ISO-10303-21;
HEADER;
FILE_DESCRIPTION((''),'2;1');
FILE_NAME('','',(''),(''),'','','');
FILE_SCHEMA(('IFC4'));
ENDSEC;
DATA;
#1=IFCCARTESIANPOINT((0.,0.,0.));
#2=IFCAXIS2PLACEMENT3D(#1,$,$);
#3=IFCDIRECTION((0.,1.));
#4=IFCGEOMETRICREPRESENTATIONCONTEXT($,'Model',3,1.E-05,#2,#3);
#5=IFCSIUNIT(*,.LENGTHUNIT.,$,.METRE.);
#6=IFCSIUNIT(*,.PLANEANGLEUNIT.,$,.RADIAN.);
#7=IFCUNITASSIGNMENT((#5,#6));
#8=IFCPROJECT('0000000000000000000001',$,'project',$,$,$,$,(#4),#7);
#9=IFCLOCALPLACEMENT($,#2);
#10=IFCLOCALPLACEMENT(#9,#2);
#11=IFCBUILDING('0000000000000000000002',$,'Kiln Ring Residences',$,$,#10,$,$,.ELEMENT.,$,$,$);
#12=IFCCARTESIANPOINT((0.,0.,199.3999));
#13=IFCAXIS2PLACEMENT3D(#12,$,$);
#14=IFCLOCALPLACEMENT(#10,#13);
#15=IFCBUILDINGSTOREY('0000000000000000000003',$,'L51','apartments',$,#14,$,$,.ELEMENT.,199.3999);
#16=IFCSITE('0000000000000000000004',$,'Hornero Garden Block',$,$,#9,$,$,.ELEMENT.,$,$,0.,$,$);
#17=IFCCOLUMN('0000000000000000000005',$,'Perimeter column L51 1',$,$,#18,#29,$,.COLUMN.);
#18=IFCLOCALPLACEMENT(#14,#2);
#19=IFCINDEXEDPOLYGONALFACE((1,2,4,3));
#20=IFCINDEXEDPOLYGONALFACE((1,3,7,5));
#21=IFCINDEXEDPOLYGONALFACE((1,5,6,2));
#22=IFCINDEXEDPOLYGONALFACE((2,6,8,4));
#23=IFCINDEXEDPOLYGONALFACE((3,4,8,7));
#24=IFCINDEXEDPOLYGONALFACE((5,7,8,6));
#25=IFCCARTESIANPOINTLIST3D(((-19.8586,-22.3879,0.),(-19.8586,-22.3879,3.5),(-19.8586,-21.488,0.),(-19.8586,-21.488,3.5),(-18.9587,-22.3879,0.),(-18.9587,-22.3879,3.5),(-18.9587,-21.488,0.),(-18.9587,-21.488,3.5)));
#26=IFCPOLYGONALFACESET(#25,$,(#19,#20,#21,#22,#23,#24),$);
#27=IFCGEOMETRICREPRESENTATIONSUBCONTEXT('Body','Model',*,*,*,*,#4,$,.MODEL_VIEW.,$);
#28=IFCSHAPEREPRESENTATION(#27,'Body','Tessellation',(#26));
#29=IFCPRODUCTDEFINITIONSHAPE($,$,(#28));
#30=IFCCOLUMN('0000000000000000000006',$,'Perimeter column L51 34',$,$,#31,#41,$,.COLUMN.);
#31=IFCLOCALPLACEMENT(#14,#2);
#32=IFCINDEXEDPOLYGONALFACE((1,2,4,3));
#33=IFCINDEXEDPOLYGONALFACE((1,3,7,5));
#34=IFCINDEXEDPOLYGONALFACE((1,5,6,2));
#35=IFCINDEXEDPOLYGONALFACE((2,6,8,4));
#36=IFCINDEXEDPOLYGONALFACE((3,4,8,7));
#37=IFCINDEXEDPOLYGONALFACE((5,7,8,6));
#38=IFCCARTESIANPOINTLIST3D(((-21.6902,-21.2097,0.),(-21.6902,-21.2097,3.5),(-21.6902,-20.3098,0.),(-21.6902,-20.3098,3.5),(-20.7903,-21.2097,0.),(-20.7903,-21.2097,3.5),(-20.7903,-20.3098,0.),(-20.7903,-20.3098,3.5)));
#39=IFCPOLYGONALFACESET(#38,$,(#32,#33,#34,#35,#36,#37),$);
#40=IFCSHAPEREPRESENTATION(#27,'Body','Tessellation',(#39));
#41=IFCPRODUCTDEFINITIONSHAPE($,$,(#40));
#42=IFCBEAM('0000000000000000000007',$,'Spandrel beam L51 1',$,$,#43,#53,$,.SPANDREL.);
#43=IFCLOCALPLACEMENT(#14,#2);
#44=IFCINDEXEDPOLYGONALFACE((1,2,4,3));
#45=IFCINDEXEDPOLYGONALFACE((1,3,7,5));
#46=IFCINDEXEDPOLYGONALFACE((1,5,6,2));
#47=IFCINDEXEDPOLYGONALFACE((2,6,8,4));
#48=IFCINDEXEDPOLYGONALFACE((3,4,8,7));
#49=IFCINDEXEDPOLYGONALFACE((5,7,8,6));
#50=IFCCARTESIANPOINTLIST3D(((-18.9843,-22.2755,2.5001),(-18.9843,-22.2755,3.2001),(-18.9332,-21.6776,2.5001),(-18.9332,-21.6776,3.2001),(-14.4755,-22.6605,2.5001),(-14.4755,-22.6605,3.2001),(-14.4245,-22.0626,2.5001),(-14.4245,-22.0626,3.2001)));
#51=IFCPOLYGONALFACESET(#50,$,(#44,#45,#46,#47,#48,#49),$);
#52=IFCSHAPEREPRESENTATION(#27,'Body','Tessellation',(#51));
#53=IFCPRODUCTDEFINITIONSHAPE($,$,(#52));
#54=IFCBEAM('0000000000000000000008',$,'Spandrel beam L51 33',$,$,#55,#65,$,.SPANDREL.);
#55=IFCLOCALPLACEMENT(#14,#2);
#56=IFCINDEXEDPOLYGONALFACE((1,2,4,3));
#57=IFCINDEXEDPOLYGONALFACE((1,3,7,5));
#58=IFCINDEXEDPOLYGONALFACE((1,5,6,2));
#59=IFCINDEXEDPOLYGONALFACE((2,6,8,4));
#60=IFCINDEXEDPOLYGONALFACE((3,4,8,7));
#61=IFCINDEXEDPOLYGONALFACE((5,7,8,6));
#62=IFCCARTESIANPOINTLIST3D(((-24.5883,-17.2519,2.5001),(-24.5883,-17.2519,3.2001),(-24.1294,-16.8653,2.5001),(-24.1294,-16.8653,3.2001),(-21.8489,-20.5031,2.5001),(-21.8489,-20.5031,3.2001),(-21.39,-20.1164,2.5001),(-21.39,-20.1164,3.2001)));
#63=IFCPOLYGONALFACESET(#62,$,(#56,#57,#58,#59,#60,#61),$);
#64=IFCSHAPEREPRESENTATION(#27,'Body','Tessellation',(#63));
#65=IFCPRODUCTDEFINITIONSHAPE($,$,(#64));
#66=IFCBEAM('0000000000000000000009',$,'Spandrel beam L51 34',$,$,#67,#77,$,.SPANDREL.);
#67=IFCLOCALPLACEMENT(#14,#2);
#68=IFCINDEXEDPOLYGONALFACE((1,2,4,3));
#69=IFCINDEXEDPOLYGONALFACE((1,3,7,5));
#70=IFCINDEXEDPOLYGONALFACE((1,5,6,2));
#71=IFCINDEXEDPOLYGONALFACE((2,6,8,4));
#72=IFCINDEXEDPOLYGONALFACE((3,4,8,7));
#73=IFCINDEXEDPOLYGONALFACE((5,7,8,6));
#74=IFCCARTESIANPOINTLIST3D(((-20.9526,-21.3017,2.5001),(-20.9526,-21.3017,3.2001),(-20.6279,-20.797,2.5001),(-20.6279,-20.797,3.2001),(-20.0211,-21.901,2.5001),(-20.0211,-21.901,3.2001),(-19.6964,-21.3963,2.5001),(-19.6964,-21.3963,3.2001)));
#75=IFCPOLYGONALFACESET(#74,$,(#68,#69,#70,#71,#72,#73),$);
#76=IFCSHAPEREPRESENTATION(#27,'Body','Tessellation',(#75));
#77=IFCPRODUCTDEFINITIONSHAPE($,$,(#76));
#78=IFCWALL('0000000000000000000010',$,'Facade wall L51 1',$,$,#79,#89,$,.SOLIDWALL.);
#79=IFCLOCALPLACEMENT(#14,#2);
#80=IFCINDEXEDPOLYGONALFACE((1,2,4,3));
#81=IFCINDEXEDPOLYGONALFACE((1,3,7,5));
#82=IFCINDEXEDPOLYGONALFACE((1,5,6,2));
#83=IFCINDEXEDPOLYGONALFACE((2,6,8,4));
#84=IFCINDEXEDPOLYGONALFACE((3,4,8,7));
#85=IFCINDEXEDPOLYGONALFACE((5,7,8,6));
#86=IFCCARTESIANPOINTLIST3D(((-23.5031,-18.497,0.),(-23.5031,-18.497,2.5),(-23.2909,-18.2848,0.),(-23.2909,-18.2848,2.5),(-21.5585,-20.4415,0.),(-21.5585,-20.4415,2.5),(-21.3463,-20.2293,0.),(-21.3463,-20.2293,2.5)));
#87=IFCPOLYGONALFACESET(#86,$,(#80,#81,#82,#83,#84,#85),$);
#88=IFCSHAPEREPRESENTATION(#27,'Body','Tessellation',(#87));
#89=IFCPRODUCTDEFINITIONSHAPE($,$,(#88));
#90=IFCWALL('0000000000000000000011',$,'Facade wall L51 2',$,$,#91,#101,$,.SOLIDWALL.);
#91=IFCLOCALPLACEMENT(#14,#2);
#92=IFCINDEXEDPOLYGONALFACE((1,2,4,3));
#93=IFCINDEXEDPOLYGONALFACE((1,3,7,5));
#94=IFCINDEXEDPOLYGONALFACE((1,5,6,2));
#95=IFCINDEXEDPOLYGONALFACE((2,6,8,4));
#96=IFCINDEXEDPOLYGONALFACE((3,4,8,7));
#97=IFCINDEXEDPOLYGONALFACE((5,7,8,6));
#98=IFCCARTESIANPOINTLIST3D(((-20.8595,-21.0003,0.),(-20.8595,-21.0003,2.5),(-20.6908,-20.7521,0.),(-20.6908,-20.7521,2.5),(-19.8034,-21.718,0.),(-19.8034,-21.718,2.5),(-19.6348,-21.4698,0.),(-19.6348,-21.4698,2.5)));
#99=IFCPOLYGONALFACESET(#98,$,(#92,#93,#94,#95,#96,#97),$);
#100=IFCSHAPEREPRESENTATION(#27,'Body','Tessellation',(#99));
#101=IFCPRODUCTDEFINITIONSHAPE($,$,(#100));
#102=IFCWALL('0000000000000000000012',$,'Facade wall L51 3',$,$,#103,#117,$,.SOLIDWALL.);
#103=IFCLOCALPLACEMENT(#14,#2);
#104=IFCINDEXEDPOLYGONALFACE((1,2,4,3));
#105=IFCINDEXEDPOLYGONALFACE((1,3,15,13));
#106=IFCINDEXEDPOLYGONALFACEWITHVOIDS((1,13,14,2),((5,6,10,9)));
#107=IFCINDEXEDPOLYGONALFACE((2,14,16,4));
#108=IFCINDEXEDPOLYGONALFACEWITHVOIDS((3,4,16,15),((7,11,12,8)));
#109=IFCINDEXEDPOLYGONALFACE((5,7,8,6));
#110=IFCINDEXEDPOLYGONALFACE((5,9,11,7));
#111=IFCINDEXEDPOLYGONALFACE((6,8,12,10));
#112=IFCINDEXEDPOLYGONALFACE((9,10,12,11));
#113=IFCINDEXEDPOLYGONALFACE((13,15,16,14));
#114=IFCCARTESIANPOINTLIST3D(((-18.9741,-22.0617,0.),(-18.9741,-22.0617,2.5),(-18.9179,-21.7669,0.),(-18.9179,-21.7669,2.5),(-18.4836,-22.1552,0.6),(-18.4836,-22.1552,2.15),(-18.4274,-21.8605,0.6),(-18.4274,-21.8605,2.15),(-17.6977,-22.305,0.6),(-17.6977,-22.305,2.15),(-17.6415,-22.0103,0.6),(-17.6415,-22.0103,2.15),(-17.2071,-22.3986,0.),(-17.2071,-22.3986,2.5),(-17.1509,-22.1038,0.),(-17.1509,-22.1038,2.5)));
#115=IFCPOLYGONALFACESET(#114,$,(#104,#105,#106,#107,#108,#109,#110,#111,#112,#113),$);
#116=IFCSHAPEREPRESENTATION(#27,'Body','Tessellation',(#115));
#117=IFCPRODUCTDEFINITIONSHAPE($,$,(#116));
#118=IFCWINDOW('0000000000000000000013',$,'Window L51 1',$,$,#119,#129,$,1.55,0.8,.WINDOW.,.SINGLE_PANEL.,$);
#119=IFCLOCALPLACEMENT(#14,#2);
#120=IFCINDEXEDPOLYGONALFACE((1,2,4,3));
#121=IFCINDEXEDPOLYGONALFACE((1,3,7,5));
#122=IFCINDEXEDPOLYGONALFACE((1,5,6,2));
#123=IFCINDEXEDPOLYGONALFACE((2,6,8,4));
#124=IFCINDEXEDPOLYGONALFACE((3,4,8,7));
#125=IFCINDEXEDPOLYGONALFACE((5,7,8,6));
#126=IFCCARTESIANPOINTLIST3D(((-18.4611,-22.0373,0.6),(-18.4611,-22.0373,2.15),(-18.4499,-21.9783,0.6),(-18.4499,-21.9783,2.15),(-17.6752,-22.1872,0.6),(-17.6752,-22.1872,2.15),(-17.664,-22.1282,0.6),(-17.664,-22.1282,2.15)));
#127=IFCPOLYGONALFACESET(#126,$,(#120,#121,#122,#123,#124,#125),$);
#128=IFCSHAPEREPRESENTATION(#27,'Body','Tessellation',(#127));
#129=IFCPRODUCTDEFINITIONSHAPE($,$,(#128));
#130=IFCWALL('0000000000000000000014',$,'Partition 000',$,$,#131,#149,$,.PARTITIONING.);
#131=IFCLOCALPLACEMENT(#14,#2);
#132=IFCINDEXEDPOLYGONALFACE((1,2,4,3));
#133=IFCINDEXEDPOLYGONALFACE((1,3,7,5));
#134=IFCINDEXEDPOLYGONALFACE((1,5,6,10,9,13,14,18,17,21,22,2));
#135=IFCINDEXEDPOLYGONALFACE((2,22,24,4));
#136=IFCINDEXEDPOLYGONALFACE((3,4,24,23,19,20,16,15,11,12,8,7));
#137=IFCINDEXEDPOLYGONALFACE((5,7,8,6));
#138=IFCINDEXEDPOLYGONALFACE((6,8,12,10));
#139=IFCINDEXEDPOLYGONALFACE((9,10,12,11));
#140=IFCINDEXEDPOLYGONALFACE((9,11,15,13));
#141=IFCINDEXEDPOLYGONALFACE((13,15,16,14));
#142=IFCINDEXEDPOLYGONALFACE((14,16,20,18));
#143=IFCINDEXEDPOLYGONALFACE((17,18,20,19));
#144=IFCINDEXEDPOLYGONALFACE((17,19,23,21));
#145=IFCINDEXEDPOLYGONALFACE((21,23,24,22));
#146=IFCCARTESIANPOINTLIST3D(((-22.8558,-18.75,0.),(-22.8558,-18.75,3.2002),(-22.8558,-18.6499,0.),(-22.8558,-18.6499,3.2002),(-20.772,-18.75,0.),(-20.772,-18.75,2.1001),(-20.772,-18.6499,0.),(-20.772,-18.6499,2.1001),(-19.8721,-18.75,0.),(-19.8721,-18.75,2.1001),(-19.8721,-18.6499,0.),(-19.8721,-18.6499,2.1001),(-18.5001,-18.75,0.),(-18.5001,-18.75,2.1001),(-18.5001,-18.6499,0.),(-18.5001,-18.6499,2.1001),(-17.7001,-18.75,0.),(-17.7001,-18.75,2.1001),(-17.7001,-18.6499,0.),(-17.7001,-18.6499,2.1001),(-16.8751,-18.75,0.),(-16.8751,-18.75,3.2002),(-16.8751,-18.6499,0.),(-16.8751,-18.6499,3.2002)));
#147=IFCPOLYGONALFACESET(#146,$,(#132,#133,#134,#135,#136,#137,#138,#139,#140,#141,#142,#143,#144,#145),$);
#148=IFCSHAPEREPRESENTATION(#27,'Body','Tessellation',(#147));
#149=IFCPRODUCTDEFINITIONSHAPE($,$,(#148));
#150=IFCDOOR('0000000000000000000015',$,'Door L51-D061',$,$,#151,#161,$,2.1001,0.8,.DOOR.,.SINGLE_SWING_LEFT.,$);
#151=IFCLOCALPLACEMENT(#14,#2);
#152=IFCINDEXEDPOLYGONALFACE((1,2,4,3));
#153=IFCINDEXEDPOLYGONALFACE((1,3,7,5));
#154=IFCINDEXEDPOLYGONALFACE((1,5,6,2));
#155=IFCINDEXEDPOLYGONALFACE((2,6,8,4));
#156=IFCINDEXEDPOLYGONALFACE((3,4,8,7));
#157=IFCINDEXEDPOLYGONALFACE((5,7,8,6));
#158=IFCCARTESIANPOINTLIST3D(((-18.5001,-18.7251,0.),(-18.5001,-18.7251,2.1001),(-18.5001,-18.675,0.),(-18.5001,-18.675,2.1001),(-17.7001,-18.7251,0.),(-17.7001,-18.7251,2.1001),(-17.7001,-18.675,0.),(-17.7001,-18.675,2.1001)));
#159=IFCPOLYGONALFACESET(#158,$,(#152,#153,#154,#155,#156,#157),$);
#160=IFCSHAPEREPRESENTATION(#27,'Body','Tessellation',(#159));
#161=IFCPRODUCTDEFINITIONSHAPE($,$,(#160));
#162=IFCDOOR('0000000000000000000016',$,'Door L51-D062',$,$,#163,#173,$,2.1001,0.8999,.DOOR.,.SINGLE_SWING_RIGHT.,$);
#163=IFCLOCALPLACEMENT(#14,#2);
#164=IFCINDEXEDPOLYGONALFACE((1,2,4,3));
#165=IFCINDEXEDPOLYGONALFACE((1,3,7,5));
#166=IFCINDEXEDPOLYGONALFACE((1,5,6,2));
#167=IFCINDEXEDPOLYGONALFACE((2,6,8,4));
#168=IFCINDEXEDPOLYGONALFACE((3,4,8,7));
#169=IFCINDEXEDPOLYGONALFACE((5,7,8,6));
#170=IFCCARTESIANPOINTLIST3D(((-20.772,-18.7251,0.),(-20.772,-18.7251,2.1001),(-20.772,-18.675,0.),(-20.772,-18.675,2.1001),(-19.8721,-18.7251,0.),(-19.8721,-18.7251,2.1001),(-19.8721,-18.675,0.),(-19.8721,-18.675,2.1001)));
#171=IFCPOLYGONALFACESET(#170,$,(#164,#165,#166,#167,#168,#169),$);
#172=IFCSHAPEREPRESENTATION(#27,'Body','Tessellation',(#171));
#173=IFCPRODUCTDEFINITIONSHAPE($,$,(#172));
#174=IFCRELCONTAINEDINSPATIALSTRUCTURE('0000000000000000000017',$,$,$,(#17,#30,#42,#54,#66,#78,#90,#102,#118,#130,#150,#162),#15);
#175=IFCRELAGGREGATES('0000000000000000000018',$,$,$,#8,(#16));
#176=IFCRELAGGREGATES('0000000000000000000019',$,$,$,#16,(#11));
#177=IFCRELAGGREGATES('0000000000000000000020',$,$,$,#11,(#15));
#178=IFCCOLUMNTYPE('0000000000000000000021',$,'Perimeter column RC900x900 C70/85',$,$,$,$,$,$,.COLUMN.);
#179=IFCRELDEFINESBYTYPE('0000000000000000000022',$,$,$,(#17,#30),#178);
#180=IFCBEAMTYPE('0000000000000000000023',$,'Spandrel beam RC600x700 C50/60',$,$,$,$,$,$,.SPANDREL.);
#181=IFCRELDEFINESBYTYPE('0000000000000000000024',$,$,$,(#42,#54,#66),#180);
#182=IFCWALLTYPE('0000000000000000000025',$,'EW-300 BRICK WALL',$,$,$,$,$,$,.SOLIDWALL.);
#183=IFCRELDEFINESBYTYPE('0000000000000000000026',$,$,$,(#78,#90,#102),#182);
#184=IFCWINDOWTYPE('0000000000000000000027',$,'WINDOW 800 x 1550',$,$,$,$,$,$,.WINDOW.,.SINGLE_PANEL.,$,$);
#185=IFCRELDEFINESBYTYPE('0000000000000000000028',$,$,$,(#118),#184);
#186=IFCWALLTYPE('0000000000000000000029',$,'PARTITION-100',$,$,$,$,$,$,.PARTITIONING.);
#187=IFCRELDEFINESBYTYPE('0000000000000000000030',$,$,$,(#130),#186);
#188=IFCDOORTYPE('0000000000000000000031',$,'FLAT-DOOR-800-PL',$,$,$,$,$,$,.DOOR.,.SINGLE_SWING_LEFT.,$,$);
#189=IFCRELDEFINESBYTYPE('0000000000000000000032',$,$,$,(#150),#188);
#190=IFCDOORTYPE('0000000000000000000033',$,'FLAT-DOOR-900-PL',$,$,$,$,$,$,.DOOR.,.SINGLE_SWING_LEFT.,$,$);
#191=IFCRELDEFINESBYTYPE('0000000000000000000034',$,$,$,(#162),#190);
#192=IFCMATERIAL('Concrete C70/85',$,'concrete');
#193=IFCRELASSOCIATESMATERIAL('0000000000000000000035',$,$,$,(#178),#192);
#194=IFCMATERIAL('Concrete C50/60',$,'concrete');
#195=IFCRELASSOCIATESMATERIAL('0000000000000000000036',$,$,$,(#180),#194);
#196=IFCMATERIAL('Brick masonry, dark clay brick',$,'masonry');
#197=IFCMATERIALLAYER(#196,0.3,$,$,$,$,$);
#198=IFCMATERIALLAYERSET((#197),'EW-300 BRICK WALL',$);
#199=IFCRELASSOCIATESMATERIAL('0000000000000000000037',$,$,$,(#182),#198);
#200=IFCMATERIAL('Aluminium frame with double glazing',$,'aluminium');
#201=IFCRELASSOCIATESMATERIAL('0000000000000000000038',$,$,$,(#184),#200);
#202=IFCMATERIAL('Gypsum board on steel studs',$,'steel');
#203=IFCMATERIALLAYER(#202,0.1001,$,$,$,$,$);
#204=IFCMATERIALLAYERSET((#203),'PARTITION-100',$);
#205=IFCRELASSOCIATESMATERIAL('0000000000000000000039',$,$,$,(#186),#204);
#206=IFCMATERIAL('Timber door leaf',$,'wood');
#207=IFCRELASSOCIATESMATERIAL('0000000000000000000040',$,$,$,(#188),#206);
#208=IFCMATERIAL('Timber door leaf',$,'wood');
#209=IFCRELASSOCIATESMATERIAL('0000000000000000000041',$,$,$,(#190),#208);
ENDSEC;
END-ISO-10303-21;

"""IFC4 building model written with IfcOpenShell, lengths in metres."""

from ifc_helpers import new_model, si_unit, direction, frame, frame_2d, origin, origin_2d, place, context, subcontext, project, spatial, rectangle, extrude, material, layer, layer_set, material_profile, profile_set, type_object, element, fill, save


model = new_model("IFC4")

# Units and contexts
model_context = context("Model", 3, precision=1e-05, world=origin(), true_north=direction((0.0, 1.0)))
body_context = subcontext(model_context, "Body", "Model", "MODEL_VIEW")
ifc_project = project(units=[si_unit("LENGTHUNIT", "METRE"), si_unit("PLANEANGLEUNIT", "RADIAN")], contexts=[model_context])

# Site, building, storey
site_placement = place(None, origin())
site = spatial("IfcSite", under=ifc_project, at=site_placement, Name="Hornero Garden Block", CompositionType="ELEMENT", RefElevation=0.0)
building_placement = place(site_placement, origin())
building = spatial("IfcBuilding", under=site, at=building_placement, Name="Kiln Ring Residences", CompositionType="ELEMENT")
storey_placement = place(building_placement, frame((0.0, 0.0, 199.3999)))
storey = spatial("IfcBuildingStorey", under=building, at=storey_placement, Name="L51", Description="apartments", CompositionType="ELEMENT", Elevation=199.3999)

# Columns
ifc_material_1 = material(Name="Concrete C70/85", Category="concrete")
ifc_material_profile_1 = material_profile(ifc_material_1, rectangle(XDim=0.8999, YDim=0.8999, at=origin_2d()), Name="RC900x900")
ifc_profile_set_1 = profile_set([ifc_material_profile_1], Name="Concrete C70/85")
column_type = type_object("IfcColumnType", Name="Perimeter column RC900x900 C70/85", PredefinedType="COLUMN", material=ifc_profile_set_1)
for number, where, z_axis, x_axis, name in (
    (1, (-19.4087, -21.938, 0.0), (0.0, 0.0, 1.0), (1.0, 0.0, 0.0), "Perimeter column L51 1"),
    (2, (-21.2402, -20.7598, 0.0), (0.0, 0.0, 1.0), (1.0, 0.0, 0.0), "Perimeter column L51 34"),
):
    element("IfcColumn", number, at=place(storey_placement, frame(where, z_axis=z_axis, x_axis=x_axis)), inside=storey, type_object=column_type, Name=name, PredefinedType="COLUMN", context=body_context, shape_type="SweptSolid", body=[
        extrude(rectangle(XDim=0.8999, YDim=0.8999, at=origin_2d()), origin(), (0.0, 0.0, 1.0), 3.5),
    ])

# Beams
ifc_material_2 = material(Name="Concrete C50/60", Category="concrete")
ifc_material_profile_2 = material_profile(ifc_material_2, rectangle(XDim=0.6001, YDim=0.7, at=origin_2d()), Name="RC600x700")
ifc_profile_set_2 = profile_set([ifc_material_profile_2], Name="Concrete C50/60")
beam_type = type_object("IfcBeamType", Name="Spandrel beam RC600x700 C50/60", PredefinedType="SPANDREL", material=ifc_profile_set_2)
beam_1_placement = place(storey_placement, frame((-18.9587, -21.9766, 2.8501), z_axis=(0.996374, -0.085081, 0.0), x_axis=(0.085081, 0.996374, 0.0)))
element("IfcBeam", 3, at=beam_1_placement, inside=storey, type_object=beam_type, Name="Spandrel beam L51 1", PredefinedType="SPANDREL", context=body_context, shape_type="SweptSolid", body=[
    extrude(rectangle(XDim=0.6001, YDim=0.7, at=origin_2d()), origin(), (0.0, 0.0, 1.0), 4.5251),
])
beam_2_placement = place(storey_placement, frame((-24.3589, -17.0586, 2.8501), z_axis=(0.64436, -0.764722, 0.0), x_axis=(0.764722, 0.64436, 0.0)))
element("IfcBeam", 4, at=beam_2_placement, inside=storey, type_object=beam_type, Name="Spandrel beam L51 33", PredefinedType="SPANDREL", context=body_context, shape_type="SweptSolid", body=[
    extrude(rectangle(XDim=0.6001, YDim=0.7, at=origin_2d()), origin(), (0.0, 0.0, 1.0), 4.2515),
])
beam_3_placement = place(storey_placement, frame((-20.7903, -21.0493, 2.8501), z_axis=(0.840992, -0.541047, 0.0), x_axis=(0.541047, 0.840992, 0.0)))
element("IfcBeam", 5, at=beam_3_placement, inside=storey, type_object=beam_type, Name="Spandrel beam L51 34", PredefinedType="SPANDREL", context=body_context, shape_type="SweptSolid", body=[
    extrude(rectangle(XDim=0.6001, YDim=0.7, at=origin_2d()), origin(), (0.0, 0.0, 1.0), 1.1077),
])

# Walls
ifc_material_3 = material(Name="Brick masonry, dark clay brick", Category="masonry")
ifc_layer_1 = layer(ifc_material_3, 0.3)
ifc_layer_set_1 = layer_set([ifc_layer_1], Name="EW-300 BRICK WALL")
wall_type_1 = type_object("IfcWallType", Name="EW-300 BRICK WALL", PredefinedType="SOLIDWALL", material=ifc_layer_set_1)
wall_1_placement = place(storey_placement, frame((-23.397, -18.3909, 0.0), z_axis=(0.0, 0.0, 1.0), x_axis=(0.707107, -0.707107, 0.0)))
element("IfcWall", 6, at=wall_1_placement, inside=storey, type_object=wall_type_1, Name="Facade wall L51 1", PredefinedType="SOLIDWALL", context=body_context, shape_type="SweptSolid", body=[
    extrude(rectangle(XDim=2.75, YDim=0.3, at=frame_2d((1.375, 0.0))), origin(), (0.0, 0.0, 1.0), 2.5),
])
wall_2_placement = place(storey_placement, frame((-20.7751, -20.8762, 0.0), z_axis=(0.0, 0.0, 1.0), x_axis=(0.827076, -0.56209, 0.0)))
element("IfcWall", 7, at=wall_2_placement, inside=storey, type_object=wall_type_1, Name="Facade wall L51 2", PredefinedType="SOLIDWALL", context=body_context, shape_type="SweptSolid", body=[
    extrude(rectangle(XDim=1.2769, YDim=0.3, at=frame_2d((0.6384, 0.0))), origin(), (0.0, 0.0, 1.0), 2.5),
])

# Wall, opening, window
wall_3_placement = place(storey_placement, frame((-18.946, -21.9143, 0.0), z_axis=(0.0, 0.0, 1.0), x_axis=(0.982305, -0.187287, 0.0)))
wall_3 = element("IfcWall", 8, at=wall_3_placement, inside=storey, type_object=wall_type_1, Name="Facade wall L51 3", PredefinedType="SOLIDWALL", context=body_context, shape_type="SweptSolid", body=[
    extrude(rectangle(XDim=1.7988, YDim=0.3, at=frame_2d((0.8994, 0.0))), origin(), (0.0, 0.0, 1.0), 2.5),
])
opening_1_placement = place(wall_3_placement, frame((0.4995, 0.0, 0.6001)))
opening_1 = element("IfcOpeningElement", 9, at=opening_1_placement, cuts=wall_3, PredefinedType="OPENING", context=body_context, shape_type="SweptSolid", body=[
    extrude(rectangle(XDim=0.8, YDim=1.55, at=frame_2d((0.3999, 0.7749))), frame((0.0, 0.1599, 0.0), z_axis=(0.0, -1.0, 0.0), x_axis=(1.0, 0.0, 0.0)), (0.0, 0.0, 1.0), 0.3201),
])
ifc_material_4 = material(Name="Aluminium frame with double glazing", Category="aluminium")
window_type = type_object("IfcWindowType", Name="WINDOW 800 x 1550", PartitioningType="SINGLE_PANEL", PredefinedType="WINDOW", material=ifc_material_4)
window_placement = place(opening_1_placement, origin())
window = element("IfcWindow", 10, at=window_placement, inside=storey, type_object=window_type, Name="Window L51 1", OverallHeight=1.55, OverallWidth=0.8, PartitioningType="SINGLE_PANEL", PredefinedType="WINDOW", context=body_context, shape_type="SweptSolid", body=[
    extrude(rectangle(XDim=0.8, YDim=1.55, at=frame_2d((0.3999, 0.7749))), frame((0.0, 0.03, 0.0), z_axis=(0.0, -1.0, 0.0), x_axis=(1.0, 0.0, 0.0)), (0.0, 0.0, 1.0), 0.0601),
])
fill(opening_1, window)

# Wall, openings, doors
ifc_material_5 = material(Name="Gypsum board on steel studs", Category="steel")
ifc_layer_2 = layer(ifc_material_5, 0.1001)
ifc_layer_set_2 = layer_set([ifc_layer_2], Name="PARTITION-100")
wall_type_2 = type_object("IfcWallType", Name="PARTITION-100", PredefinedType="PARTITIONING", material=ifc_layer_set_2)
wall_4_placement = place(storey_placement, frame((-22.8557, -18.7, 0.0), z_axis=(0.0, 0.0, 1.0), x_axis=(1.0, 0.0, 0.0)))
wall_4 = element("IfcWall", 11, at=wall_4_placement, inside=storey, type_object=wall_type_2, Name="Partition 000", PredefinedType="PARTITIONING", context=body_context, shape_type="SweptSolid", body=[
    extrude(rectangle(XDim=5.9807, YDim=0.1001, at=frame_2d((2.9902, 0.0))), origin(), (0.0, 0.0, 1.0), 3.2002),
])
opening_2_placement = place(wall_4_placement, frame((4.3557, 0.0, 0.0)))
opening_2 = element("IfcOpeningElement", 12, at=opening_2_placement, cuts=wall_4, PredefinedType="OPENING", context=body_context, shape_type="SweptSolid", body=[
    extrude(rectangle(XDim=0.8, YDim=2.1001, at=frame_2d((0.3999, 1.05))), frame((0.0, 0.0601, 0.0), z_axis=(0.0, -1.0, 0.0), x_axis=(1.0, 0.0, 0.0)), (0.0, 0.0, 1.0), 0.1201),
])
opening_3_placement = place(wall_4_placement, frame((2.0837, 0.0, 0.0)))
opening_3 = element("IfcOpeningElement", 13, at=opening_3_placement, cuts=wall_4, PredefinedType="OPENING", context=body_context, shape_type="SweptSolid", body=[
    extrude(rectangle(XDim=0.8999, YDim=2.1001, at=frame_2d((0.45, 1.05))), frame((0.0, 0.0601, 0.0), z_axis=(0.0, -1.0, 0.0), x_axis=(1.0, 0.0, 0.0)), (0.0, 0.0, 1.0), 0.1201),
])
ifc_material_6 = material(Name="Timber door leaf", Category="wood")
door_type_1 = type_object("IfcDoorType", Name="FLAT-DOOR-800-PL", OperationType="SINGLE_SWING_LEFT", PredefinedType="DOOR", material=ifc_material_6)
door_1_placement = place(opening_2_placement, origin())
door_1 = element("IfcDoor", 14, at=door_1_placement, inside=storey, type_object=door_type_1, Name="Door L51-D061", OperationType="SINGLE_SWING_LEFT", OverallHeight=2.1001, OverallWidth=0.8, PredefinedType="DOOR", context=body_context, shape_type="SweptSolid", body=[
    extrude(rectangle(XDim=0.8, YDim=2.1001, at=frame_2d((0.3999, 1.05))), frame((0.0, 0.0249, 0.0), z_axis=(0.0, -1.0, 0.0), x_axis=(1.0, 0.0, 0.0)), (0.0, 0.0, 1.0), 0.05),
])
fill(opening_2, door_1)
ifc_material_7 = material(Name="Timber door leaf", Category="wood")
door_type_2 = type_object("IfcDoorType", Name="FLAT-DOOR-900-PL", OperationType="SINGLE_SWING_LEFT", PredefinedType="DOOR", material=ifc_material_7)
door_2_placement = place(opening_3_placement, origin())
door_2 = element("IfcDoor", 15, at=door_2_placement, inside=storey, type_object=door_type_2, Name="Door L51-D062", OperationType="SINGLE_SWING_RIGHT", OverallHeight=2.1001, OverallWidth=0.8999, PredefinedType="DOOR", context=body_context, shape_type="SweptSolid", body=[
    extrude(rectangle(XDim=0.8999, YDim=2.1001, at=frame_2d((0.45, 1.05))), frame((0.0, 0.0249, 0.0), z_axis=(0.0, -1.0, 0.0), x_axis=(1.0, 0.0, 0.0)), (0.0, 0.0, 1.0), 0.05),
])
fill(opening_3, door_2)

save(model, "model.ifc")
